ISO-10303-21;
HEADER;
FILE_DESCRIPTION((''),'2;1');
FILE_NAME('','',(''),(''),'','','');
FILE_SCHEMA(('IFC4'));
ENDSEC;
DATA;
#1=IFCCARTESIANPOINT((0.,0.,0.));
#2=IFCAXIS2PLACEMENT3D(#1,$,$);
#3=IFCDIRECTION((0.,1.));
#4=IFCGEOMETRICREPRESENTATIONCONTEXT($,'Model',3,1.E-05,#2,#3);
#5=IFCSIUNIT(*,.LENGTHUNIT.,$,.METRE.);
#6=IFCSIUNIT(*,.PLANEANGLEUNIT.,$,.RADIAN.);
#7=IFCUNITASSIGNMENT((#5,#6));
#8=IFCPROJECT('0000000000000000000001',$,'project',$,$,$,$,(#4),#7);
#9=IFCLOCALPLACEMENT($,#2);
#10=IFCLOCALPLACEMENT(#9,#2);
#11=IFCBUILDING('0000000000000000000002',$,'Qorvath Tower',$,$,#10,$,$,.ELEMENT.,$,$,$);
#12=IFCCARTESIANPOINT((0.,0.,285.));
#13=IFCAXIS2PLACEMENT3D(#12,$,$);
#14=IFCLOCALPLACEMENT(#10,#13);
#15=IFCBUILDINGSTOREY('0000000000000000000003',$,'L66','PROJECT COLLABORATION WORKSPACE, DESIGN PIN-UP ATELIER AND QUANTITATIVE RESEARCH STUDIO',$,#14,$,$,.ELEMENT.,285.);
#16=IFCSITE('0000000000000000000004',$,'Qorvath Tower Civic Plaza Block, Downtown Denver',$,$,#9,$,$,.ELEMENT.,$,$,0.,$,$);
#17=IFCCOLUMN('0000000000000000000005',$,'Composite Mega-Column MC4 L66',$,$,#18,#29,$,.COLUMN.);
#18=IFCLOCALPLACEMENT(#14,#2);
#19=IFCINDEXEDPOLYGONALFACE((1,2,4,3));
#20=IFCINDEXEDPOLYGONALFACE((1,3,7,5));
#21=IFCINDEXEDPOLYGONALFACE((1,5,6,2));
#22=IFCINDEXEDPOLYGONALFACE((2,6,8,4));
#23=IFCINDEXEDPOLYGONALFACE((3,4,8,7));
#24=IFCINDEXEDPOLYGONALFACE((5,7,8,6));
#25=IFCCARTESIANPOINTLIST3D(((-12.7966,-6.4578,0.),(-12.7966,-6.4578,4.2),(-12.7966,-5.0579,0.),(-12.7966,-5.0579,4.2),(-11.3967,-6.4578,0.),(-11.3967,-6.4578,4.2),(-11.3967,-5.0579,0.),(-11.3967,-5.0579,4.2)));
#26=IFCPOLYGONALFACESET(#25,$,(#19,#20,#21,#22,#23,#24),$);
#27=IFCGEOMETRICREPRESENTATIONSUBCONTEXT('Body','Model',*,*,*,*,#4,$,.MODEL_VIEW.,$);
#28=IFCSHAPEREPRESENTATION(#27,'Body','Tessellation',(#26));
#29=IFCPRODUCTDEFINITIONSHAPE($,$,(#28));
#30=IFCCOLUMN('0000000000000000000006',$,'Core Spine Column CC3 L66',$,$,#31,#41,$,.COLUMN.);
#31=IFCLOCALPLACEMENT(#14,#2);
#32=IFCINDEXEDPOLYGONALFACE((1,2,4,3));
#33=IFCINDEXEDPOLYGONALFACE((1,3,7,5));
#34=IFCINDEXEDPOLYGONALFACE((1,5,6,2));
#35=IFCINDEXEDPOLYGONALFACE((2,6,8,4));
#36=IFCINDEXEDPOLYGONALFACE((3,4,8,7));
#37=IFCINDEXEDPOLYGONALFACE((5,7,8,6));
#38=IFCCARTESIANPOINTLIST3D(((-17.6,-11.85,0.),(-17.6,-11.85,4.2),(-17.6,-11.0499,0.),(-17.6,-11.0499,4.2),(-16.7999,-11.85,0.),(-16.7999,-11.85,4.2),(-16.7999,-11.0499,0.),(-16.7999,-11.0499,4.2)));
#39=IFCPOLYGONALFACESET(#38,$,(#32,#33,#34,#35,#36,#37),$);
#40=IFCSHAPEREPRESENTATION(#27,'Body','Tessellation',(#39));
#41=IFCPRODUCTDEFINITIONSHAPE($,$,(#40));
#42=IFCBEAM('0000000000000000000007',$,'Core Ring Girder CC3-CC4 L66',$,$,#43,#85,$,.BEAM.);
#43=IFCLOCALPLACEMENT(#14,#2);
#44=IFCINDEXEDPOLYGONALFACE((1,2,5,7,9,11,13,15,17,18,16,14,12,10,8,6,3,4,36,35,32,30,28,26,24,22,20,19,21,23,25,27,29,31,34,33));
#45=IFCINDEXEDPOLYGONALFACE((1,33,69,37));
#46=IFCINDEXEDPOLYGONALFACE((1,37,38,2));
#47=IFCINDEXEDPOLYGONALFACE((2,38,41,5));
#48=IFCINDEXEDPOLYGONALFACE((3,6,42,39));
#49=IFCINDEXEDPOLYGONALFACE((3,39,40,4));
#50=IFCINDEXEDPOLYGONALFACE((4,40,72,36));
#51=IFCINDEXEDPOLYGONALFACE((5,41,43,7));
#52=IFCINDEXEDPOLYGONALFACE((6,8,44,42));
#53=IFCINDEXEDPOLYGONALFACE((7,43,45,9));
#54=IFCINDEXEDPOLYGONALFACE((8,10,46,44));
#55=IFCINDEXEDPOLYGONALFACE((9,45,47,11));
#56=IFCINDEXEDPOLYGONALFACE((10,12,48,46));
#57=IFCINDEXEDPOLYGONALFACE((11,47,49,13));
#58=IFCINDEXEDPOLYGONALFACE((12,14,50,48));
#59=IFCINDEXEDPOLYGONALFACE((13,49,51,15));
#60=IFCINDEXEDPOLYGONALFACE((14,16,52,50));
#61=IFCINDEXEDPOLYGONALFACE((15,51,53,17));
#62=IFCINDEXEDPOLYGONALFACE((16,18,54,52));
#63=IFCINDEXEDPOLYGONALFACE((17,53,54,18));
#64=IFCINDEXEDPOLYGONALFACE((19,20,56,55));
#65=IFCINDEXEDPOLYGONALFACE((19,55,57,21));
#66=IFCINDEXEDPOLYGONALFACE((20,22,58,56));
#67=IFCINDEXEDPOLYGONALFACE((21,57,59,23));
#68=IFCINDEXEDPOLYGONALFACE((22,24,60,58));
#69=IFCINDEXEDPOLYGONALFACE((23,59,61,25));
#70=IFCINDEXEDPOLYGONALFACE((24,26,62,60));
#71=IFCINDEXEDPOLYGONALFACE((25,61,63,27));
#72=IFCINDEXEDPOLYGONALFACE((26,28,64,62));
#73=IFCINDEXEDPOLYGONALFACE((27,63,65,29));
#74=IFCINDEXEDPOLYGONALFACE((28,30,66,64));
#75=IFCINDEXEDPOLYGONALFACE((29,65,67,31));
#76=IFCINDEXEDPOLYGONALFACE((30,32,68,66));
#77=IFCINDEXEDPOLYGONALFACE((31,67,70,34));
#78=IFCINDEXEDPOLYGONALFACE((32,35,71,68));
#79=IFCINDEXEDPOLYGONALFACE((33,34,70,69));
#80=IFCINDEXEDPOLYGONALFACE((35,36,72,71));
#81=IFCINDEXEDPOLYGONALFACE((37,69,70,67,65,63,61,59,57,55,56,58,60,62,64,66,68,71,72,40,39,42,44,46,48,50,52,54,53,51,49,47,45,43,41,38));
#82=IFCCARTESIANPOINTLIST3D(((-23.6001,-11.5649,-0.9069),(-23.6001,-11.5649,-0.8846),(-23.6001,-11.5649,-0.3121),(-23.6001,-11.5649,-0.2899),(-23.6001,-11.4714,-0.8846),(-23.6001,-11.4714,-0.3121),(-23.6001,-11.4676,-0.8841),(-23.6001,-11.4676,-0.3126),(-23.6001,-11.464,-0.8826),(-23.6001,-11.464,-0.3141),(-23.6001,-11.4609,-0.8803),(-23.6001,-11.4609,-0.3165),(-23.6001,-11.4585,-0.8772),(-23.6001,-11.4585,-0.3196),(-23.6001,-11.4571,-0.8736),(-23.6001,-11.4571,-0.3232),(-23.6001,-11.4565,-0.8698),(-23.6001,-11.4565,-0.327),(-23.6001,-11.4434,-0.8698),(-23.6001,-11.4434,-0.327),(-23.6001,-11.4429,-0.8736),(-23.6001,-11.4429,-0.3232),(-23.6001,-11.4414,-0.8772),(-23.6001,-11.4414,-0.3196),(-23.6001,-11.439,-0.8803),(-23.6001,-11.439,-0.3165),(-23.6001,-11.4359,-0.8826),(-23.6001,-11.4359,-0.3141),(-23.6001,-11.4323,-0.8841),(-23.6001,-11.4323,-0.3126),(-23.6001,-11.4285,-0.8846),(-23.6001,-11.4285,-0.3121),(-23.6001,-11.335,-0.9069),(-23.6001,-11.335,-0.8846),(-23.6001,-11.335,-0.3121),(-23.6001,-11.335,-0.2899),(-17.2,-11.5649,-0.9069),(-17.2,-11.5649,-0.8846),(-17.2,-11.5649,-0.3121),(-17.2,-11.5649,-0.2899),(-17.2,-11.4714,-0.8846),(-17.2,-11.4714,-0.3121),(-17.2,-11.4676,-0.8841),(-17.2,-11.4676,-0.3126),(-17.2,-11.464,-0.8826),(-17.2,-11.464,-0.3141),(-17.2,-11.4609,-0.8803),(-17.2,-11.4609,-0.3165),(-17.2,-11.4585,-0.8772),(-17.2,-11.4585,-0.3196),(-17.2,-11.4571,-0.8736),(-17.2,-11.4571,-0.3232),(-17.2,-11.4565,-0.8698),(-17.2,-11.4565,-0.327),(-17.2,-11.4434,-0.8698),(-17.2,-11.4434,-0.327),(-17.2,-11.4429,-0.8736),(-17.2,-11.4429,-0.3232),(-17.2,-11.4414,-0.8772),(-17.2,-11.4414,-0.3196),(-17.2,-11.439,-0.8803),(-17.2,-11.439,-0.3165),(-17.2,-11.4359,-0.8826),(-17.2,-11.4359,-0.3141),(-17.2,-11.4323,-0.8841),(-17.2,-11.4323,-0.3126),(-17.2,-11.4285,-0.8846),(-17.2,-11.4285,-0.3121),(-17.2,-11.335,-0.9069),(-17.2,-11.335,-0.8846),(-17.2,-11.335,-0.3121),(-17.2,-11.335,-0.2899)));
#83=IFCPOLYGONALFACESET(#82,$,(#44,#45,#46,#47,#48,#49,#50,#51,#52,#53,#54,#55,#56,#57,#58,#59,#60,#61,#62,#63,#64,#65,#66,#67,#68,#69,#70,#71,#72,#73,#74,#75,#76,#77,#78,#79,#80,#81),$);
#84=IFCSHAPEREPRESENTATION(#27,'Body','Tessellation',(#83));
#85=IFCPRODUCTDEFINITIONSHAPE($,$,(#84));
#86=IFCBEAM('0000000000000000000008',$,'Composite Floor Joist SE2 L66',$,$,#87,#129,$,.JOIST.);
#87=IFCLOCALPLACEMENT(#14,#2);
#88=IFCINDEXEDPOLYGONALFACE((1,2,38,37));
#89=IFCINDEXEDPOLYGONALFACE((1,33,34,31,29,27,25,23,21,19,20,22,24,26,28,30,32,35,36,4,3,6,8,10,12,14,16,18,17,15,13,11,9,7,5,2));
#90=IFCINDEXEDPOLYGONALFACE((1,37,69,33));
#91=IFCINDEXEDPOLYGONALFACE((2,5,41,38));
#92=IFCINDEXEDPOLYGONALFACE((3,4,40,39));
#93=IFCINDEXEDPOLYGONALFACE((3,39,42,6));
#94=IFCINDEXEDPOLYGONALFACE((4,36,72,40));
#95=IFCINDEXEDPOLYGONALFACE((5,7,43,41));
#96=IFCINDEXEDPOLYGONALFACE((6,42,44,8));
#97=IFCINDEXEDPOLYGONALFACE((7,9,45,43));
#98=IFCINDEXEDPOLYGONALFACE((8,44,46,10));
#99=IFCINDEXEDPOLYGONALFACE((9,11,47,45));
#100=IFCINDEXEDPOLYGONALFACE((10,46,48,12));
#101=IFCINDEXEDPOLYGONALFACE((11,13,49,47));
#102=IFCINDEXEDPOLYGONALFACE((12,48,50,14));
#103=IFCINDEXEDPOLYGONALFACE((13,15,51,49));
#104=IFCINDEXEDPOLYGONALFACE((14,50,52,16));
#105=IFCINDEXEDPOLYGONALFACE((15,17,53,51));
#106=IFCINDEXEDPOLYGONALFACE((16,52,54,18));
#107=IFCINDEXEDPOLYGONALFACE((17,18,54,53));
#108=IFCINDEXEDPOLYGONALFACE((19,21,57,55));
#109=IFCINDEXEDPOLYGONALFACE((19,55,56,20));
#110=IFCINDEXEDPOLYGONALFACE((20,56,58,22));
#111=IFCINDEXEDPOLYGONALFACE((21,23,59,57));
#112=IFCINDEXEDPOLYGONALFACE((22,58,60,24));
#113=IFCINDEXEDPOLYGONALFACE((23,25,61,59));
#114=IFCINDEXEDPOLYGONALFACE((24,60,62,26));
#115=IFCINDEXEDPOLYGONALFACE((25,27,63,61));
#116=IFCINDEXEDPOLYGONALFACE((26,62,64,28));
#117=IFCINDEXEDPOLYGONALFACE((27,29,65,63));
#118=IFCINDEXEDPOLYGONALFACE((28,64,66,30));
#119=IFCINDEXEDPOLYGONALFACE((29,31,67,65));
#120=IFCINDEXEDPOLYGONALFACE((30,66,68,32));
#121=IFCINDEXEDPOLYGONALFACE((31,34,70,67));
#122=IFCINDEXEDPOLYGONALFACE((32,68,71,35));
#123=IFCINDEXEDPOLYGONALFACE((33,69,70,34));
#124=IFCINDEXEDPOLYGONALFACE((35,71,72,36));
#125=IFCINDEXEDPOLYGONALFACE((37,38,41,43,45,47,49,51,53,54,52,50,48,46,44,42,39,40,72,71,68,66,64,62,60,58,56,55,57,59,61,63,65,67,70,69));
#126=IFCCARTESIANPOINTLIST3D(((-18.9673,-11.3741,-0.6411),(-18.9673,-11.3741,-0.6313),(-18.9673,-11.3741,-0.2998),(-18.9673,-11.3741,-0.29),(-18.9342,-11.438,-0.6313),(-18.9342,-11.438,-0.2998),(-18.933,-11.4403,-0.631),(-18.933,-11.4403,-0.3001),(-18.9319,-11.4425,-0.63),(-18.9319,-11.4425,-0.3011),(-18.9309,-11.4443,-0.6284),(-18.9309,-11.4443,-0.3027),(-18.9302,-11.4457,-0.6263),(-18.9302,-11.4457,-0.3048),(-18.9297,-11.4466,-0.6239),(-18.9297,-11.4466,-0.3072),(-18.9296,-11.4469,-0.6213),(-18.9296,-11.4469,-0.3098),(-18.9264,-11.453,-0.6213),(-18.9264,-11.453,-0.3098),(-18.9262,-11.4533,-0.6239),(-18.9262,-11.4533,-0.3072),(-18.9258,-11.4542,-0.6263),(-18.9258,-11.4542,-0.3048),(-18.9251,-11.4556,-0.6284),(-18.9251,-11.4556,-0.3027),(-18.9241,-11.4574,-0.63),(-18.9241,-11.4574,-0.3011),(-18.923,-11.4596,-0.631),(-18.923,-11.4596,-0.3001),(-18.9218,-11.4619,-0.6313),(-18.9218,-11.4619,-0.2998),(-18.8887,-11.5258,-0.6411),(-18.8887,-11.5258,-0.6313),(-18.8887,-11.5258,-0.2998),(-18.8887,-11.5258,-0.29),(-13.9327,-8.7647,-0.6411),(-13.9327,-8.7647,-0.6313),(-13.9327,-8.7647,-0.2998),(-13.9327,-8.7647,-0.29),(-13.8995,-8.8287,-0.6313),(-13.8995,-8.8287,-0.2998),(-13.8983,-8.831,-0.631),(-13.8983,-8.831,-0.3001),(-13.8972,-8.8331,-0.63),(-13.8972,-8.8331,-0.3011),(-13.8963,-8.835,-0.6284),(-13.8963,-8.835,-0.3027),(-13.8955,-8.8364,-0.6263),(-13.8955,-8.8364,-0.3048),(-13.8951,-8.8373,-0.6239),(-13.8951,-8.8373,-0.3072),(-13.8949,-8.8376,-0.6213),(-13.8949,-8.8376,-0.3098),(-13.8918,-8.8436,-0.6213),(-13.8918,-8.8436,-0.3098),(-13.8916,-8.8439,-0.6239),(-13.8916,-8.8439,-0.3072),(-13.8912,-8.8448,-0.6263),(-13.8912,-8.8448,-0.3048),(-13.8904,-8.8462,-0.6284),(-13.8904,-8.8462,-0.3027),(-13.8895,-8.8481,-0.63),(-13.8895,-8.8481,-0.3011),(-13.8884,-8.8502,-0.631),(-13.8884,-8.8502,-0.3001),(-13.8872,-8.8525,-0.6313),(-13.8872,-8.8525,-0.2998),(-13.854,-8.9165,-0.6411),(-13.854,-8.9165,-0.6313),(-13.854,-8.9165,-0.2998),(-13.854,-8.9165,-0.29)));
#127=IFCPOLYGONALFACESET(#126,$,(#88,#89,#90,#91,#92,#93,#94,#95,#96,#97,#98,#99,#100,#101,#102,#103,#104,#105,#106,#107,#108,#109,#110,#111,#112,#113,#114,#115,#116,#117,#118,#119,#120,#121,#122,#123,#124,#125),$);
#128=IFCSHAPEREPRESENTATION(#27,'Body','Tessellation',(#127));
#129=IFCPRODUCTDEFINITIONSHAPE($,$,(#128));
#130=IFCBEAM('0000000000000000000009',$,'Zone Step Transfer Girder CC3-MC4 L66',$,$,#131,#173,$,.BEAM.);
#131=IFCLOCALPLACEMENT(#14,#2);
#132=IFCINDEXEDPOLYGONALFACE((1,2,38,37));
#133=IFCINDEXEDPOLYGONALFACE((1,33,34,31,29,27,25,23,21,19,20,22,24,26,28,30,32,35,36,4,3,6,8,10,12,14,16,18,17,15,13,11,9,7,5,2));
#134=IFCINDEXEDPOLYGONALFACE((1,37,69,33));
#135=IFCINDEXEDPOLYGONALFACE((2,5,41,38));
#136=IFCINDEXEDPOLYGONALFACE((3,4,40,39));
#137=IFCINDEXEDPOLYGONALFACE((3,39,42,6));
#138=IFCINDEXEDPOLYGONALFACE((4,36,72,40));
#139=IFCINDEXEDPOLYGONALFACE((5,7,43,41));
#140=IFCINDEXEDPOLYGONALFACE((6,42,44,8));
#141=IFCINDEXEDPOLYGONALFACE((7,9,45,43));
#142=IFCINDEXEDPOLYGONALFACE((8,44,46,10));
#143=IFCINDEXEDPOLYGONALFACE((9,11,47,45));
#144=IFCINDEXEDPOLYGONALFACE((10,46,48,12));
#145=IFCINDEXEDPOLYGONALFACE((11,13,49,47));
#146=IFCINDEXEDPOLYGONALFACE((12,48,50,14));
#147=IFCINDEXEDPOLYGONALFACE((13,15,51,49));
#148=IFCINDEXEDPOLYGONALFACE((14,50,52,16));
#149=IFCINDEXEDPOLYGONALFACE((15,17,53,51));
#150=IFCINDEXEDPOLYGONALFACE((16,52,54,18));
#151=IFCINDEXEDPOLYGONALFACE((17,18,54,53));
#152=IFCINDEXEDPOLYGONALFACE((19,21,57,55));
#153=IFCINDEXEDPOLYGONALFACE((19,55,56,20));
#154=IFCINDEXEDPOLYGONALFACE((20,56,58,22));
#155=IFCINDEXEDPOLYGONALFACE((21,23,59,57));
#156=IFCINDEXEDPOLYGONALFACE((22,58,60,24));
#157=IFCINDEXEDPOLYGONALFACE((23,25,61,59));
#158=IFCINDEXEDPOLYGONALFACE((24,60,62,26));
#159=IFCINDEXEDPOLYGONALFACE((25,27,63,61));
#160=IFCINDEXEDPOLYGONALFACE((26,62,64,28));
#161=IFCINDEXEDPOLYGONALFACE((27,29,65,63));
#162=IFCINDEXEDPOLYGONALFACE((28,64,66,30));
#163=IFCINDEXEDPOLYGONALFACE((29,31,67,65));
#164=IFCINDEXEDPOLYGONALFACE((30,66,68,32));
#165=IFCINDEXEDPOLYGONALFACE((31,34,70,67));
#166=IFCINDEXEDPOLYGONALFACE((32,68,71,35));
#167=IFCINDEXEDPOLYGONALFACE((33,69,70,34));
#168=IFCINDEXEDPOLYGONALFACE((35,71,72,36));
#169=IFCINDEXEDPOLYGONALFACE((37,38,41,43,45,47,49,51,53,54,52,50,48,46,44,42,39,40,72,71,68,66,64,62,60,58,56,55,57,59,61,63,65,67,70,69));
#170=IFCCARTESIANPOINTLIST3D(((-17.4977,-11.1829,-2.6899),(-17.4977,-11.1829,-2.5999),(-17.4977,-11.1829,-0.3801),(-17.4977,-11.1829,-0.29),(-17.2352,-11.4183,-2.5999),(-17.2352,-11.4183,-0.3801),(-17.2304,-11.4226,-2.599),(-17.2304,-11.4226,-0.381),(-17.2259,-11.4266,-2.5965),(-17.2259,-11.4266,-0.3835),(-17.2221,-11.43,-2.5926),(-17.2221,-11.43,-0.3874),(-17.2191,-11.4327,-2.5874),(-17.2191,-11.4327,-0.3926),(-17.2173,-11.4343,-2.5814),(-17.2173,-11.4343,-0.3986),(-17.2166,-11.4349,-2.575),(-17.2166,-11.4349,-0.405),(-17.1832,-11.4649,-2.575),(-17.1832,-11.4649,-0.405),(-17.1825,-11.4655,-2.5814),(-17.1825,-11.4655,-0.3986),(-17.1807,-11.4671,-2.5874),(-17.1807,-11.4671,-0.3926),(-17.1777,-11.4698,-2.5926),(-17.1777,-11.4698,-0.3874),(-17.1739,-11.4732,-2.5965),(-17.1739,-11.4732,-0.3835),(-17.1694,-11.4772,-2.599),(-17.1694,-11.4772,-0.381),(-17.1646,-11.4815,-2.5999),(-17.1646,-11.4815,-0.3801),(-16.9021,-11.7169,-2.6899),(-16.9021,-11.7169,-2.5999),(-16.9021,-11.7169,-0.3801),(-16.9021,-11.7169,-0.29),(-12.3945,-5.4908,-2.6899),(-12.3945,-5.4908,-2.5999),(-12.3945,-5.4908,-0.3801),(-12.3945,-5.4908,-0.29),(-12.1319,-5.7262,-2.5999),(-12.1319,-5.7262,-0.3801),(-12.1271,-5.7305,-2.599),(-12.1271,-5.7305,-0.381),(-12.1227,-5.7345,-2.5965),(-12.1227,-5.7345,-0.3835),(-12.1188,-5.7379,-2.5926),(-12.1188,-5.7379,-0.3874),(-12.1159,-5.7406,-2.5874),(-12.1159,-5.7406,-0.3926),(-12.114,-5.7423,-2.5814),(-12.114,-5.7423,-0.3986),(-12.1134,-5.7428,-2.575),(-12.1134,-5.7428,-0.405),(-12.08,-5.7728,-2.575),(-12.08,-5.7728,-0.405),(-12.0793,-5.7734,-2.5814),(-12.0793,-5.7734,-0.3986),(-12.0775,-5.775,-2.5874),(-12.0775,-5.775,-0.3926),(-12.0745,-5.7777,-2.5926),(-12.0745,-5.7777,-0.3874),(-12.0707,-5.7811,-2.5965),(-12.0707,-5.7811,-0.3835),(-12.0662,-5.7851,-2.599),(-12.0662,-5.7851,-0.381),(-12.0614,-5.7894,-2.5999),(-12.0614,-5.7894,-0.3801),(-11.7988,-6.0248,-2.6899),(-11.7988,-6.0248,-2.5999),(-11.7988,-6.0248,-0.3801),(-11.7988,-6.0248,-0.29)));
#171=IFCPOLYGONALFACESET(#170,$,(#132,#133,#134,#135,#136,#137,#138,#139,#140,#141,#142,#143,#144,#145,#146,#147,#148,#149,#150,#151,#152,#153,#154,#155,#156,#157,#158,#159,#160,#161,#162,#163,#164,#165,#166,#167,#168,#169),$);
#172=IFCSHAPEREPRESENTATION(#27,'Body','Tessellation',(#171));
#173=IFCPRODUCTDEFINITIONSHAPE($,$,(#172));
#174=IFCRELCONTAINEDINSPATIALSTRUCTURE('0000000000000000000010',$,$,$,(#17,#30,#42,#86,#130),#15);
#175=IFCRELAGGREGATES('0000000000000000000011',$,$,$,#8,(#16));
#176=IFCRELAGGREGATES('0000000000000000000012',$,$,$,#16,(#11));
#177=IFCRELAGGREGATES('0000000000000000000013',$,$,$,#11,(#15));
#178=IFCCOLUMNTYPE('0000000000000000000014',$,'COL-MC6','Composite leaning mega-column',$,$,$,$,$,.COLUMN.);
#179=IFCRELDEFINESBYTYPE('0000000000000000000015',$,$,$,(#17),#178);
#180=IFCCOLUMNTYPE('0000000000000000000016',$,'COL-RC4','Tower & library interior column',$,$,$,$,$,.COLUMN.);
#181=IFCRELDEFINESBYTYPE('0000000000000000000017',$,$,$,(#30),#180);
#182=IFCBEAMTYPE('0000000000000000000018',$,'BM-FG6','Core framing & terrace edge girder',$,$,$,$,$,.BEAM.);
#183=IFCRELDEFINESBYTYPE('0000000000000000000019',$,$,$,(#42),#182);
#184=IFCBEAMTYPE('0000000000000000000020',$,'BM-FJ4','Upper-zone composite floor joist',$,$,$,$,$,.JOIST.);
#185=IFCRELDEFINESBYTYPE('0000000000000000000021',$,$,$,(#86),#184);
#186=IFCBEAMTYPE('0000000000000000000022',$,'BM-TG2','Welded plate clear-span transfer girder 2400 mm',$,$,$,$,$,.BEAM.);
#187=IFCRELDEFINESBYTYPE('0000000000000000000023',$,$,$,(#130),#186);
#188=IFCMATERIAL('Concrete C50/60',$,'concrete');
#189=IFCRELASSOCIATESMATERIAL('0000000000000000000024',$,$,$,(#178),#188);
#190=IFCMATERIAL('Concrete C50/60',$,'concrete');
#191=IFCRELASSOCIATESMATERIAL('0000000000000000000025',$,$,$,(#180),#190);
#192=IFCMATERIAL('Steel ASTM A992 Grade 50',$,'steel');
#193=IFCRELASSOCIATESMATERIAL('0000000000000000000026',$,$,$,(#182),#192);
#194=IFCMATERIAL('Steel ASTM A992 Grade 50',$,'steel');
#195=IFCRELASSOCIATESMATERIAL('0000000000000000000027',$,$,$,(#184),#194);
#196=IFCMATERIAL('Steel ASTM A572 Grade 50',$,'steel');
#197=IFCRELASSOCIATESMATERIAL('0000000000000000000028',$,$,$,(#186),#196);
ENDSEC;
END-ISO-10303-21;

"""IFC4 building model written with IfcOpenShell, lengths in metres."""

from ifc_helpers import new_model, si_unit, direction, frame, origin, origin_2d, place, context, subcontext, project, spatial, rectangle, i_section, extrude, material, material_profile, profile_set, type_object, element, save


model = new_model("IFC4")

# Units and contexts
model_context = context("Model", 3, precision=1e-05, world=origin(), true_north=direction((0.0, 1.0)))
body_context = subcontext(model_context, "Body", "Model", "MODEL_VIEW")
ifc_project = project(units=[si_unit("LENGTHUNIT", "METRE"), si_unit("PLANEANGLEUNIT", "RADIAN")], contexts=[model_context])

# Site, building, storey
site_placement = place(None, origin())
site = spatial("IfcSite", under=ifc_project, at=site_placement, Name="Qorvath Tower Civic Plaza Block, Downtown Denver", CompositionType="ELEMENT", RefElevation=0.0)
building_placement = place(site_placement, origin())
building = spatial("IfcBuilding", under=site, at=building_placement, Name="Qorvath Tower", CompositionType="ELEMENT")
storey_placement = place(building_placement, frame((0.0, 0.0, 285.0)))
storey = spatial("IfcBuildingStorey", under=building, at=storey_placement, Name="L66", Description="PROJECT COLLABORATION WORKSPACE, DESIGN PIN-UP ATELIER AND QUANTITATIVE RESEARCH STUDIO", CompositionType="ELEMENT", Elevation=285.0)

# Columns
ifc_material_1 = material(Name="Concrete C50/60", Category="concrete")
ifc_material_profile_1 = material_profile(ifc_material_1, rectangle(XDim=1.3999, YDim=1.3999, at=origin_2d()), Name="MC 1400x1400")
ifc_profile_set_1 = profile_set([ifc_material_profile_1], Name="Concrete C50/60")
column_type_1 = type_object("IfcColumnType", Name="COL-MC6", Description="Composite leaning mega-column", PredefinedType="COLUMN", material=ifc_profile_set_1)
column_1_placement = place(storey_placement, frame((-12.0967, -5.7578, 0.0), z_axis=(0.0, 0.0, 1.0), x_axis=(1.0, 0.0, 0.0)))
element("IfcColumn", 1, at=column_1_placement, inside=storey, type_object=column_type_1, Name="Composite Mega-Column MC4 L66", PredefinedType="COLUMN", context=body_context, shape_type="SweptSolid", body=[
    extrude(rectangle(XDim=1.3999, YDim=1.3999, at=origin_2d()), origin(), (0.0, 0.0, 1.0), 4.2),
])
ifc_material_2 = material(Name="Concrete C50/60", Category="concrete")
ifc_material_profile_2 = material_profile(ifc_material_2, rectangle(XDim=0.8, YDim=0.8, at=origin_2d()), Name="RC 800x800")
ifc_profile_set_2 = profile_set([ifc_material_profile_2], Name="Concrete C50/60")
column_type_2 = type_object("IfcColumnType", Name="COL-RC4", Description="Tower & library interior column", PredefinedType="COLUMN", material=ifc_profile_set_2)
column_2_placement = place(storey_placement, frame((-17.2, -11.45, 0.0), z_axis=(0.0, 0.0, 1.0), x_axis=(1.0, 0.0, 0.0)))
element("IfcColumn", 2, at=column_2_placement, inside=storey, type_object=column_type_2, Name="Core Spine Column CC3 L66", PredefinedType="COLUMN", context=body_context, shape_type="SweptSolid", body=[
    extrude(rectangle(XDim=0.8, YDim=0.8, at=origin_2d()), origin(), (0.0, 0.0, 1.0), 4.2),
])

# Beams
ifc_material_3 = material(Name="Steel ASTM A992 Grade 50", Category="steel")
ifc_material_profile_3 = material_profile(ifc_material_3, i_section(OverallWidth=0.23, OverallDepth=0.6169, WebThickness=0.0132, FlangeThickness=0.0222, FilletRadius=0.0149, at=origin_2d()), Name="W24x94")
ifc_profile_set_3 = profile_set([ifc_material_profile_3], Name="Steel ASTM A992 Grade 50")
beam_type_1 = type_object("IfcBeamType", Name="BM-FG6", Description="Core framing & terrace edge girder", PredefinedType="BEAM", material=ifc_profile_set_3)
beam_1_placement = place(storey_placement, frame((-17.2, -11.45, -0.5984), z_axis=(-1.0, 0.0, 0.0), x_axis=(0.0, -1.0, 0.0)))
element("IfcBeam", 3, at=beam_1_placement, inside=storey, type_object=beam_type_1, Name="Core Ring Girder CC3-CC4 L66", PredefinedType="BEAM", context=body_context, shape_type="SweptSolid", body=[
    extrude(i_section(OverallWidth=0.23, OverallDepth=0.6169, WebThickness=0.0132, FlangeThickness=0.0222, FilletRadius=0.0149, at=origin_2d()), origin(), (0.0, 0.0, 1.0), 6.4001),
])
ifc_material_4 = material(Name="Steel ASTM A992 Grade 50", Category="steel")
ifc_material_profile_4 = material_profile(ifc_material_4, i_section(OverallWidth=0.1709, OverallDepth=0.3511, WebThickness=0.0068, FlangeThickness=0.0098, FilletRadius=0.01, at=origin_2d()), Name="W14x30")
ifc_profile_set_4 = profile_set([ifc_material_profile_4], Name="Steel ASTM A992 Grade 50")
beam_type_2 = type_object("IfcBeamType", Name="BM-FJ4", Description="Upper-zone composite floor joist", PredefinedType="JOIST", material=ifc_profile_set_4)
beam_2_placement = place(storey_placement, frame((-18.928, -11.45, -0.4656), z_axis=(0.887841, 0.460151, 0.0), x_axis=(-0.460151, 0.887841, 0.0)))
element("IfcBeam", 4, at=beam_2_placement, inside=storey, type_object=beam_type_2, Name="Composite Floor Joist SE2 L66", PredefinedType="JOIST", context=body_context, shape_type="SweptSolid", body=[
    extrude(i_section(OverallWidth=0.1709, OverallDepth=0.3511, WebThickness=0.0068, FlangeThickness=0.0098, FilletRadius=0.01, at=origin_2d()), origin(), (0.0, 0.0, 1.0), 5.6707),
])
ifc_material_5 = material(Name="Steel ASTM A572 Grade 50", Category="steel")
ifc_material_profile_5 = material_profile(ifc_material_5, i_section(OverallWidth=0.8, OverallDepth=2.3999, WebThickness=0.0449, FlangeThickness=0.0901, FilletRadius=0.0249, at=origin_2d()), Name="WTG 2400x800")
ifc_profile_set_5 = profile_set([ifc_material_profile_5], Name="Steel ASTM A572 Grade 50")
beam_type_3 = type_object("IfcBeamType", Name="BM-TG2", Description="Welded plate clear-span transfer girder 2400 mm", PredefinedType="BEAM", material=ifc_profile_set_5)
beam_3_placement = place(storey_placement, frame((-12.0967, -5.7578, -1.49), z_axis=(-0.667543, -0.744571, 0.0), x_axis=(0.744571, -0.667543, 0.0)))
element("IfcBeam", 5, at=beam_3_placement, inside=storey, type_object=beam_type_3, Name="Zone Step Transfer Girder CC3-MC4 L66", PredefinedType="BEAM", context=body_context, shape_type="SweptSolid", body=[
    extrude(i_section(OverallWidth=0.8, OverallDepth=2.3999, WebThickness=0.0449, FlangeThickness=0.0901, FilletRadius=0.0249, at=origin_2d()), origin(), (0.0, 0.0, 1.0), 7.6448),
])

save(model, "model.ifc")
